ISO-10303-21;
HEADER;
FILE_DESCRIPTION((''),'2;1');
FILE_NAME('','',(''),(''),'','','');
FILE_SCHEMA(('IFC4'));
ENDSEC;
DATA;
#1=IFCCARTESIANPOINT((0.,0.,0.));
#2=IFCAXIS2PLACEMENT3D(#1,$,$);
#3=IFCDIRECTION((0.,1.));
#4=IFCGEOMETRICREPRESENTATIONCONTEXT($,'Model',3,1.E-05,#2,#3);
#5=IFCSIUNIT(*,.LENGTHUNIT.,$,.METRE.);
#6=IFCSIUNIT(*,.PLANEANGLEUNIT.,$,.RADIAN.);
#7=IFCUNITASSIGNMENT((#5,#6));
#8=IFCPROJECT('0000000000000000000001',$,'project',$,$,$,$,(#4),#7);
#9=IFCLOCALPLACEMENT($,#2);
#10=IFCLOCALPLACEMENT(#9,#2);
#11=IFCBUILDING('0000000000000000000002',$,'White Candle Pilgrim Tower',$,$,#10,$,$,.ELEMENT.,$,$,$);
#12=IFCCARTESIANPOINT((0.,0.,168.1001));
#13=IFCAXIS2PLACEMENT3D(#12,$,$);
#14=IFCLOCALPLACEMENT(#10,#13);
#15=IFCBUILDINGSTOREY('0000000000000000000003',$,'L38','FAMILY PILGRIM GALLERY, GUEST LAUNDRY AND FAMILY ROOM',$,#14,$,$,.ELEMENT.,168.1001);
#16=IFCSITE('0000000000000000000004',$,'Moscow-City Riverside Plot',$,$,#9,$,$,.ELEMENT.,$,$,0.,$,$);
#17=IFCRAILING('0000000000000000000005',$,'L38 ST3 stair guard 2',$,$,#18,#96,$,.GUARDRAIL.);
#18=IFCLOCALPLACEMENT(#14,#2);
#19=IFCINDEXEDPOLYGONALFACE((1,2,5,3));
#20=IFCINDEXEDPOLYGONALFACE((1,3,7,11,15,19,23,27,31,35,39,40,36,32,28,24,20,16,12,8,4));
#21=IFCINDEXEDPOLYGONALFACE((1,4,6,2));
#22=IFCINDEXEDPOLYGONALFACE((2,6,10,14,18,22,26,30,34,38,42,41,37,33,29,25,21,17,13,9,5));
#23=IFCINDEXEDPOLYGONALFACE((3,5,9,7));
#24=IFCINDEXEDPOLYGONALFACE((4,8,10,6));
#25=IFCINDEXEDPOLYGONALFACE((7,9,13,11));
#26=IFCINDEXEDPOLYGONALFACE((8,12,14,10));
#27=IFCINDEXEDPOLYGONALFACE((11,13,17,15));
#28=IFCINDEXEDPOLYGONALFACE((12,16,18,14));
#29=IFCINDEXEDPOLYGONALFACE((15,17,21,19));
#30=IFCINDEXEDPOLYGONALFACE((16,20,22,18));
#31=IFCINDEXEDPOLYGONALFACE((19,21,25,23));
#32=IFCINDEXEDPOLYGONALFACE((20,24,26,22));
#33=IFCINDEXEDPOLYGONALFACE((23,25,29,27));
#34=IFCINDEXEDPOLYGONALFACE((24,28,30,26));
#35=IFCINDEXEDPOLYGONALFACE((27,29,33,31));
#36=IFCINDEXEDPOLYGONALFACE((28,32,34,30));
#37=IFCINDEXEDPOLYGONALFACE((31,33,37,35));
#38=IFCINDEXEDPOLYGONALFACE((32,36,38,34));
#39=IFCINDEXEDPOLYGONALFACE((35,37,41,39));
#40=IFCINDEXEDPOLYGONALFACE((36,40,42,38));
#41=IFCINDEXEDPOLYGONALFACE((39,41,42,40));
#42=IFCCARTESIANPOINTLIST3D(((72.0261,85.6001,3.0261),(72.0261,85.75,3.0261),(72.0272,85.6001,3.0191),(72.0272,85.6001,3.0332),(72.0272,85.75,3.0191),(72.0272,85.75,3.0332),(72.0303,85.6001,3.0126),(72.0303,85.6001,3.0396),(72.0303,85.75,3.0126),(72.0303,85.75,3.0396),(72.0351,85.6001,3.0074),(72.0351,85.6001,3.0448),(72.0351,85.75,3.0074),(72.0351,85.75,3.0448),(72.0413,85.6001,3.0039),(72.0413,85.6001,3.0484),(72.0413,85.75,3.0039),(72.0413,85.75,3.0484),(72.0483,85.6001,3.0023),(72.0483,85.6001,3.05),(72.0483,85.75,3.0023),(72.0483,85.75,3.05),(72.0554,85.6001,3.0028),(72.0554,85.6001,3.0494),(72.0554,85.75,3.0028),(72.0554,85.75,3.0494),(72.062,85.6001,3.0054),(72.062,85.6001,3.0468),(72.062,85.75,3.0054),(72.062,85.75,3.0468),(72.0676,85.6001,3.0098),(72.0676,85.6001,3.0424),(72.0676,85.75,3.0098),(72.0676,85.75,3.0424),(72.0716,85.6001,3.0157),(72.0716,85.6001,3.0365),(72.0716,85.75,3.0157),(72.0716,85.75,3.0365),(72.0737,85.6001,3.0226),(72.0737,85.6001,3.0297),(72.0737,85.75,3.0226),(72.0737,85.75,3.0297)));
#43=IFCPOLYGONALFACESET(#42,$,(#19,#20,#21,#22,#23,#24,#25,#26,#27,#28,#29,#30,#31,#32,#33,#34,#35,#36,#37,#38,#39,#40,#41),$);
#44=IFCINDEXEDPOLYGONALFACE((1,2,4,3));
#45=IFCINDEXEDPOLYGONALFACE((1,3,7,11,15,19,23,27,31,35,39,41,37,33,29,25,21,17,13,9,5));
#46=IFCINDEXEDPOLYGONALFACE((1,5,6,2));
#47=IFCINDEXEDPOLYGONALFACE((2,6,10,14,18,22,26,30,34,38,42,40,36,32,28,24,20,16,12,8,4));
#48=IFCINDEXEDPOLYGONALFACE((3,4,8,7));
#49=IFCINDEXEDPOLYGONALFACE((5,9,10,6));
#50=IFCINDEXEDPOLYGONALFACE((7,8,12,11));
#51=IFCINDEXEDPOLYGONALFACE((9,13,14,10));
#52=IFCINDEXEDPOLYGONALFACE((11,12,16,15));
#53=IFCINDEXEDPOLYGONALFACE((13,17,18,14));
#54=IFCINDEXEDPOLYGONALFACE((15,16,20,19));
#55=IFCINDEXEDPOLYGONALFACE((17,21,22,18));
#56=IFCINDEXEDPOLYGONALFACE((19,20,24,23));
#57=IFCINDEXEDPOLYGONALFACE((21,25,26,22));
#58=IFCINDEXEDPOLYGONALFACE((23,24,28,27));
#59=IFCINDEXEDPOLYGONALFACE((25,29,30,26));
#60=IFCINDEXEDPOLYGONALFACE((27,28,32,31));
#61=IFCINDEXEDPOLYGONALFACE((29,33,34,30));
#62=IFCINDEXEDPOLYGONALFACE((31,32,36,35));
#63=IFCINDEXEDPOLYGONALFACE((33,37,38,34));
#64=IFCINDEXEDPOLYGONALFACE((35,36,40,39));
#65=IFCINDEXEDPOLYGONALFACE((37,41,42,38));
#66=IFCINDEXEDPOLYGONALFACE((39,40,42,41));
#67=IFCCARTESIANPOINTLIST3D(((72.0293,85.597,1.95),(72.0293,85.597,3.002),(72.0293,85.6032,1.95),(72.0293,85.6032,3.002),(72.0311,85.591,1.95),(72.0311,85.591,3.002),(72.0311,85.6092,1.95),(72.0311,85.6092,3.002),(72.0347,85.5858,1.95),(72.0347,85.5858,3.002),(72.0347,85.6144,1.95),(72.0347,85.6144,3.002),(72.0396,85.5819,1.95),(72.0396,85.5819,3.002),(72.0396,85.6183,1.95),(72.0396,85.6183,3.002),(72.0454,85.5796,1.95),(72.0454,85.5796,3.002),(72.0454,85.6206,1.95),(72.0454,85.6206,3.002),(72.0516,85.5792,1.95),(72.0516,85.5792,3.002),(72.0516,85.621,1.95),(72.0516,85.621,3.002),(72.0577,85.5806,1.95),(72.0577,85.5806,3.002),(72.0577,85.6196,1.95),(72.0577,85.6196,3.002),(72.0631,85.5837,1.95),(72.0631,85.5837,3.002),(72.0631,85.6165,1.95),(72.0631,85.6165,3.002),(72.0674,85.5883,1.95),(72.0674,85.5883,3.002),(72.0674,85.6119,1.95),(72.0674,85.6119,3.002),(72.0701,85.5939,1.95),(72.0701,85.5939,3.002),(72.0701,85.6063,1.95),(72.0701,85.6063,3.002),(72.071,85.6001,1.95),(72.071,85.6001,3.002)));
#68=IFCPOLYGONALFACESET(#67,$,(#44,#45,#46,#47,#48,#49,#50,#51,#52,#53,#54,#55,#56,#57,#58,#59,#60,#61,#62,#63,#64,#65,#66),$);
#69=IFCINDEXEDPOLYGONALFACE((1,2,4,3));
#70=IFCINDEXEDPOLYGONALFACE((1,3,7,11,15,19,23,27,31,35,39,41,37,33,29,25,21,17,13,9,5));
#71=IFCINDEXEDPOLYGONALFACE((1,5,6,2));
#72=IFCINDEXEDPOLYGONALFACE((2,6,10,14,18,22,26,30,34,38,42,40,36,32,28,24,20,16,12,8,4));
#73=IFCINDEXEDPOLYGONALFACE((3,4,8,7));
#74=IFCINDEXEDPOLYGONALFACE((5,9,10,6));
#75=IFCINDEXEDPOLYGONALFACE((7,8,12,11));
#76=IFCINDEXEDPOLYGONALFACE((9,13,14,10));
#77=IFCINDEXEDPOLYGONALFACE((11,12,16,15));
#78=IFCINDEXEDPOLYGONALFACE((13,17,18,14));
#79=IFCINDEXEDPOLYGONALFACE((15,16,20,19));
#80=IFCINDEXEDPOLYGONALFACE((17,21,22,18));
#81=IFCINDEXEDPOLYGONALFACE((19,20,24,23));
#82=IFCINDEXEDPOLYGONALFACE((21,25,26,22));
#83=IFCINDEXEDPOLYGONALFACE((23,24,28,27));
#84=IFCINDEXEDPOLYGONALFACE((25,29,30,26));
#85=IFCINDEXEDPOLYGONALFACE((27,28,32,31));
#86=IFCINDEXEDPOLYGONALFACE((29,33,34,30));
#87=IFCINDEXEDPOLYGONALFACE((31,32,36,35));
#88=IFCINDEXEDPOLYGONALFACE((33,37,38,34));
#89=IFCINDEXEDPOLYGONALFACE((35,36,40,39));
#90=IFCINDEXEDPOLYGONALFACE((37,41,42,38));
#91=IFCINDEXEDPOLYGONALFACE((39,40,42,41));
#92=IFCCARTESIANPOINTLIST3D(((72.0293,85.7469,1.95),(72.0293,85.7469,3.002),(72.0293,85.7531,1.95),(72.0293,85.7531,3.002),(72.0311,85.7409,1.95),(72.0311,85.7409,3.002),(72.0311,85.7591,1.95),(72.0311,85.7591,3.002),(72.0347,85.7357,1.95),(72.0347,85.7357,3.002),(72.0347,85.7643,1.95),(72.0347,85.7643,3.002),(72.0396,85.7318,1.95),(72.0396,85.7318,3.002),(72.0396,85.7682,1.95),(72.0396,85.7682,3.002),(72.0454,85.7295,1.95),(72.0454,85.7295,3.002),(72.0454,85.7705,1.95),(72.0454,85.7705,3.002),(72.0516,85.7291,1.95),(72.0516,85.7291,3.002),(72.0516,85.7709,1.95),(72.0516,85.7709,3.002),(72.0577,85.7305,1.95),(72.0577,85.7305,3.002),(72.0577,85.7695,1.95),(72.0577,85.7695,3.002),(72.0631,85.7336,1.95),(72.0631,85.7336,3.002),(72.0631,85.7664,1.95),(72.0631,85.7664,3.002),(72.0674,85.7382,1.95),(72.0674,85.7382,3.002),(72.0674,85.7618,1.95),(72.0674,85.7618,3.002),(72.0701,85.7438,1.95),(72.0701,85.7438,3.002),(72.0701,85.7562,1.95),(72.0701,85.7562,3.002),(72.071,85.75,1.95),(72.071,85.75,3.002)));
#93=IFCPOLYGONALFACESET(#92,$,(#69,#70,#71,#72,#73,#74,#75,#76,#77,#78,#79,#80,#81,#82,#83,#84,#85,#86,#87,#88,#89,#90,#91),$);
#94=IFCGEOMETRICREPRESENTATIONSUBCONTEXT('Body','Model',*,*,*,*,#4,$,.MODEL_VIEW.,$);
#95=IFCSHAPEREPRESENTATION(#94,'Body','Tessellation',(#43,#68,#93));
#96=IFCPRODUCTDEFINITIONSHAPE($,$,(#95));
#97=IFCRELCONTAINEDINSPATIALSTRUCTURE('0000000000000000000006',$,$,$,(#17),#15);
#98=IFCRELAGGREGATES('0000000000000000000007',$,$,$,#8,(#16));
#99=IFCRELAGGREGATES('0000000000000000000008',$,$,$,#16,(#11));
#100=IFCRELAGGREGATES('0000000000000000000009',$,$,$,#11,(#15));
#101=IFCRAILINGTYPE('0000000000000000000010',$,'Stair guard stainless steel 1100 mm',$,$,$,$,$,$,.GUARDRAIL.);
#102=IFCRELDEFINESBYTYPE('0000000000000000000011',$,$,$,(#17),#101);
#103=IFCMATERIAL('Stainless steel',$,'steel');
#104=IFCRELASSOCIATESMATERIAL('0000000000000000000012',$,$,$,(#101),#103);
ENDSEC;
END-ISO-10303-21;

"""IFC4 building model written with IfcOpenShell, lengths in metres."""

from ifc_helpers import new_model, si_unit, direction, frame, origin, origin_2d, place, context, subcontext, project, spatial, circle, extrude, material, type_object, element, save


model = new_model("IFC4")

# Units and contexts
model_context = context("Model", 3, precision=1e-05, world=origin(), true_north=direction((0.0, 1.0)))
body_context = subcontext(model_context, "Body", "Model", "MODEL_VIEW")
ifc_project = project(units=[si_unit("LENGTHUNIT", "METRE"), si_unit("PLANEANGLEUNIT", "RADIAN")], contexts=[model_context])

# Site, building, storey
site_placement = place(None, origin())
site = spatial("IfcSite", under=ifc_project, at=site_placement, Name="Moscow-City Riverside Plot", CompositionType="ELEMENT", RefElevation=0.0)
building_placement = place(site_placement, origin())
building = spatial("IfcBuilding", under=site, at=building_placement, Name="White Candle Pilgrim Tower", CompositionType="ELEMENT")
storey_placement = place(building_placement, frame((0.0, 0.0, 168.1001)))
storey = spatial("IfcBuildingStorey", under=building, at=storey_placement, Name="L38", Description="FAMILY PILGRIM GALLERY, GUEST LAUNDRY AND FAMILY ROOM", CompositionType="ELEMENT", Elevation=168.1001)

# Shared definitions
ifc_material_1 = material(Name="Stainless steel", Category="steel")

# Railing
railing_type_1 = type_object("IfcRailingType", Name="Stair guard stainless steel 1100 mm", PredefinedType="GUARDRAIL", material=ifc_material_1)
railing_1_placement = place(storey_placement, frame((72.05, 85.6001, 1.95)))
element("IfcRailing", 1, at=railing_1_placement, inside=storey, type_object=railing_type_1, Name="L38 ST3 stair guard 2", PredefinedType="GUARDRAIL", context=body_context, shape_type="SweptSolid", body=[
    extrude(circle(Radius=0.0239, at=origin_2d()), frame((0.0, 0.0, 1.0762), z_axis=(0.0, 1.0, 0.0), x_axis=(-1.0, 0.0, 0.0)), (0.0, 0.0, 1.0), 0.1499),
    extrude(circle(Radius=0.021, at=origin_2d()), origin(), (0.0, 0.0, 1.0), 1.052),
    extrude(circle(Radius=0.021, at=origin_2d()), frame((0.0, 0.1499, 0.0)), (0.0, 0.0, 1.0), 1.052),
])

save(model, "model.ifc")
